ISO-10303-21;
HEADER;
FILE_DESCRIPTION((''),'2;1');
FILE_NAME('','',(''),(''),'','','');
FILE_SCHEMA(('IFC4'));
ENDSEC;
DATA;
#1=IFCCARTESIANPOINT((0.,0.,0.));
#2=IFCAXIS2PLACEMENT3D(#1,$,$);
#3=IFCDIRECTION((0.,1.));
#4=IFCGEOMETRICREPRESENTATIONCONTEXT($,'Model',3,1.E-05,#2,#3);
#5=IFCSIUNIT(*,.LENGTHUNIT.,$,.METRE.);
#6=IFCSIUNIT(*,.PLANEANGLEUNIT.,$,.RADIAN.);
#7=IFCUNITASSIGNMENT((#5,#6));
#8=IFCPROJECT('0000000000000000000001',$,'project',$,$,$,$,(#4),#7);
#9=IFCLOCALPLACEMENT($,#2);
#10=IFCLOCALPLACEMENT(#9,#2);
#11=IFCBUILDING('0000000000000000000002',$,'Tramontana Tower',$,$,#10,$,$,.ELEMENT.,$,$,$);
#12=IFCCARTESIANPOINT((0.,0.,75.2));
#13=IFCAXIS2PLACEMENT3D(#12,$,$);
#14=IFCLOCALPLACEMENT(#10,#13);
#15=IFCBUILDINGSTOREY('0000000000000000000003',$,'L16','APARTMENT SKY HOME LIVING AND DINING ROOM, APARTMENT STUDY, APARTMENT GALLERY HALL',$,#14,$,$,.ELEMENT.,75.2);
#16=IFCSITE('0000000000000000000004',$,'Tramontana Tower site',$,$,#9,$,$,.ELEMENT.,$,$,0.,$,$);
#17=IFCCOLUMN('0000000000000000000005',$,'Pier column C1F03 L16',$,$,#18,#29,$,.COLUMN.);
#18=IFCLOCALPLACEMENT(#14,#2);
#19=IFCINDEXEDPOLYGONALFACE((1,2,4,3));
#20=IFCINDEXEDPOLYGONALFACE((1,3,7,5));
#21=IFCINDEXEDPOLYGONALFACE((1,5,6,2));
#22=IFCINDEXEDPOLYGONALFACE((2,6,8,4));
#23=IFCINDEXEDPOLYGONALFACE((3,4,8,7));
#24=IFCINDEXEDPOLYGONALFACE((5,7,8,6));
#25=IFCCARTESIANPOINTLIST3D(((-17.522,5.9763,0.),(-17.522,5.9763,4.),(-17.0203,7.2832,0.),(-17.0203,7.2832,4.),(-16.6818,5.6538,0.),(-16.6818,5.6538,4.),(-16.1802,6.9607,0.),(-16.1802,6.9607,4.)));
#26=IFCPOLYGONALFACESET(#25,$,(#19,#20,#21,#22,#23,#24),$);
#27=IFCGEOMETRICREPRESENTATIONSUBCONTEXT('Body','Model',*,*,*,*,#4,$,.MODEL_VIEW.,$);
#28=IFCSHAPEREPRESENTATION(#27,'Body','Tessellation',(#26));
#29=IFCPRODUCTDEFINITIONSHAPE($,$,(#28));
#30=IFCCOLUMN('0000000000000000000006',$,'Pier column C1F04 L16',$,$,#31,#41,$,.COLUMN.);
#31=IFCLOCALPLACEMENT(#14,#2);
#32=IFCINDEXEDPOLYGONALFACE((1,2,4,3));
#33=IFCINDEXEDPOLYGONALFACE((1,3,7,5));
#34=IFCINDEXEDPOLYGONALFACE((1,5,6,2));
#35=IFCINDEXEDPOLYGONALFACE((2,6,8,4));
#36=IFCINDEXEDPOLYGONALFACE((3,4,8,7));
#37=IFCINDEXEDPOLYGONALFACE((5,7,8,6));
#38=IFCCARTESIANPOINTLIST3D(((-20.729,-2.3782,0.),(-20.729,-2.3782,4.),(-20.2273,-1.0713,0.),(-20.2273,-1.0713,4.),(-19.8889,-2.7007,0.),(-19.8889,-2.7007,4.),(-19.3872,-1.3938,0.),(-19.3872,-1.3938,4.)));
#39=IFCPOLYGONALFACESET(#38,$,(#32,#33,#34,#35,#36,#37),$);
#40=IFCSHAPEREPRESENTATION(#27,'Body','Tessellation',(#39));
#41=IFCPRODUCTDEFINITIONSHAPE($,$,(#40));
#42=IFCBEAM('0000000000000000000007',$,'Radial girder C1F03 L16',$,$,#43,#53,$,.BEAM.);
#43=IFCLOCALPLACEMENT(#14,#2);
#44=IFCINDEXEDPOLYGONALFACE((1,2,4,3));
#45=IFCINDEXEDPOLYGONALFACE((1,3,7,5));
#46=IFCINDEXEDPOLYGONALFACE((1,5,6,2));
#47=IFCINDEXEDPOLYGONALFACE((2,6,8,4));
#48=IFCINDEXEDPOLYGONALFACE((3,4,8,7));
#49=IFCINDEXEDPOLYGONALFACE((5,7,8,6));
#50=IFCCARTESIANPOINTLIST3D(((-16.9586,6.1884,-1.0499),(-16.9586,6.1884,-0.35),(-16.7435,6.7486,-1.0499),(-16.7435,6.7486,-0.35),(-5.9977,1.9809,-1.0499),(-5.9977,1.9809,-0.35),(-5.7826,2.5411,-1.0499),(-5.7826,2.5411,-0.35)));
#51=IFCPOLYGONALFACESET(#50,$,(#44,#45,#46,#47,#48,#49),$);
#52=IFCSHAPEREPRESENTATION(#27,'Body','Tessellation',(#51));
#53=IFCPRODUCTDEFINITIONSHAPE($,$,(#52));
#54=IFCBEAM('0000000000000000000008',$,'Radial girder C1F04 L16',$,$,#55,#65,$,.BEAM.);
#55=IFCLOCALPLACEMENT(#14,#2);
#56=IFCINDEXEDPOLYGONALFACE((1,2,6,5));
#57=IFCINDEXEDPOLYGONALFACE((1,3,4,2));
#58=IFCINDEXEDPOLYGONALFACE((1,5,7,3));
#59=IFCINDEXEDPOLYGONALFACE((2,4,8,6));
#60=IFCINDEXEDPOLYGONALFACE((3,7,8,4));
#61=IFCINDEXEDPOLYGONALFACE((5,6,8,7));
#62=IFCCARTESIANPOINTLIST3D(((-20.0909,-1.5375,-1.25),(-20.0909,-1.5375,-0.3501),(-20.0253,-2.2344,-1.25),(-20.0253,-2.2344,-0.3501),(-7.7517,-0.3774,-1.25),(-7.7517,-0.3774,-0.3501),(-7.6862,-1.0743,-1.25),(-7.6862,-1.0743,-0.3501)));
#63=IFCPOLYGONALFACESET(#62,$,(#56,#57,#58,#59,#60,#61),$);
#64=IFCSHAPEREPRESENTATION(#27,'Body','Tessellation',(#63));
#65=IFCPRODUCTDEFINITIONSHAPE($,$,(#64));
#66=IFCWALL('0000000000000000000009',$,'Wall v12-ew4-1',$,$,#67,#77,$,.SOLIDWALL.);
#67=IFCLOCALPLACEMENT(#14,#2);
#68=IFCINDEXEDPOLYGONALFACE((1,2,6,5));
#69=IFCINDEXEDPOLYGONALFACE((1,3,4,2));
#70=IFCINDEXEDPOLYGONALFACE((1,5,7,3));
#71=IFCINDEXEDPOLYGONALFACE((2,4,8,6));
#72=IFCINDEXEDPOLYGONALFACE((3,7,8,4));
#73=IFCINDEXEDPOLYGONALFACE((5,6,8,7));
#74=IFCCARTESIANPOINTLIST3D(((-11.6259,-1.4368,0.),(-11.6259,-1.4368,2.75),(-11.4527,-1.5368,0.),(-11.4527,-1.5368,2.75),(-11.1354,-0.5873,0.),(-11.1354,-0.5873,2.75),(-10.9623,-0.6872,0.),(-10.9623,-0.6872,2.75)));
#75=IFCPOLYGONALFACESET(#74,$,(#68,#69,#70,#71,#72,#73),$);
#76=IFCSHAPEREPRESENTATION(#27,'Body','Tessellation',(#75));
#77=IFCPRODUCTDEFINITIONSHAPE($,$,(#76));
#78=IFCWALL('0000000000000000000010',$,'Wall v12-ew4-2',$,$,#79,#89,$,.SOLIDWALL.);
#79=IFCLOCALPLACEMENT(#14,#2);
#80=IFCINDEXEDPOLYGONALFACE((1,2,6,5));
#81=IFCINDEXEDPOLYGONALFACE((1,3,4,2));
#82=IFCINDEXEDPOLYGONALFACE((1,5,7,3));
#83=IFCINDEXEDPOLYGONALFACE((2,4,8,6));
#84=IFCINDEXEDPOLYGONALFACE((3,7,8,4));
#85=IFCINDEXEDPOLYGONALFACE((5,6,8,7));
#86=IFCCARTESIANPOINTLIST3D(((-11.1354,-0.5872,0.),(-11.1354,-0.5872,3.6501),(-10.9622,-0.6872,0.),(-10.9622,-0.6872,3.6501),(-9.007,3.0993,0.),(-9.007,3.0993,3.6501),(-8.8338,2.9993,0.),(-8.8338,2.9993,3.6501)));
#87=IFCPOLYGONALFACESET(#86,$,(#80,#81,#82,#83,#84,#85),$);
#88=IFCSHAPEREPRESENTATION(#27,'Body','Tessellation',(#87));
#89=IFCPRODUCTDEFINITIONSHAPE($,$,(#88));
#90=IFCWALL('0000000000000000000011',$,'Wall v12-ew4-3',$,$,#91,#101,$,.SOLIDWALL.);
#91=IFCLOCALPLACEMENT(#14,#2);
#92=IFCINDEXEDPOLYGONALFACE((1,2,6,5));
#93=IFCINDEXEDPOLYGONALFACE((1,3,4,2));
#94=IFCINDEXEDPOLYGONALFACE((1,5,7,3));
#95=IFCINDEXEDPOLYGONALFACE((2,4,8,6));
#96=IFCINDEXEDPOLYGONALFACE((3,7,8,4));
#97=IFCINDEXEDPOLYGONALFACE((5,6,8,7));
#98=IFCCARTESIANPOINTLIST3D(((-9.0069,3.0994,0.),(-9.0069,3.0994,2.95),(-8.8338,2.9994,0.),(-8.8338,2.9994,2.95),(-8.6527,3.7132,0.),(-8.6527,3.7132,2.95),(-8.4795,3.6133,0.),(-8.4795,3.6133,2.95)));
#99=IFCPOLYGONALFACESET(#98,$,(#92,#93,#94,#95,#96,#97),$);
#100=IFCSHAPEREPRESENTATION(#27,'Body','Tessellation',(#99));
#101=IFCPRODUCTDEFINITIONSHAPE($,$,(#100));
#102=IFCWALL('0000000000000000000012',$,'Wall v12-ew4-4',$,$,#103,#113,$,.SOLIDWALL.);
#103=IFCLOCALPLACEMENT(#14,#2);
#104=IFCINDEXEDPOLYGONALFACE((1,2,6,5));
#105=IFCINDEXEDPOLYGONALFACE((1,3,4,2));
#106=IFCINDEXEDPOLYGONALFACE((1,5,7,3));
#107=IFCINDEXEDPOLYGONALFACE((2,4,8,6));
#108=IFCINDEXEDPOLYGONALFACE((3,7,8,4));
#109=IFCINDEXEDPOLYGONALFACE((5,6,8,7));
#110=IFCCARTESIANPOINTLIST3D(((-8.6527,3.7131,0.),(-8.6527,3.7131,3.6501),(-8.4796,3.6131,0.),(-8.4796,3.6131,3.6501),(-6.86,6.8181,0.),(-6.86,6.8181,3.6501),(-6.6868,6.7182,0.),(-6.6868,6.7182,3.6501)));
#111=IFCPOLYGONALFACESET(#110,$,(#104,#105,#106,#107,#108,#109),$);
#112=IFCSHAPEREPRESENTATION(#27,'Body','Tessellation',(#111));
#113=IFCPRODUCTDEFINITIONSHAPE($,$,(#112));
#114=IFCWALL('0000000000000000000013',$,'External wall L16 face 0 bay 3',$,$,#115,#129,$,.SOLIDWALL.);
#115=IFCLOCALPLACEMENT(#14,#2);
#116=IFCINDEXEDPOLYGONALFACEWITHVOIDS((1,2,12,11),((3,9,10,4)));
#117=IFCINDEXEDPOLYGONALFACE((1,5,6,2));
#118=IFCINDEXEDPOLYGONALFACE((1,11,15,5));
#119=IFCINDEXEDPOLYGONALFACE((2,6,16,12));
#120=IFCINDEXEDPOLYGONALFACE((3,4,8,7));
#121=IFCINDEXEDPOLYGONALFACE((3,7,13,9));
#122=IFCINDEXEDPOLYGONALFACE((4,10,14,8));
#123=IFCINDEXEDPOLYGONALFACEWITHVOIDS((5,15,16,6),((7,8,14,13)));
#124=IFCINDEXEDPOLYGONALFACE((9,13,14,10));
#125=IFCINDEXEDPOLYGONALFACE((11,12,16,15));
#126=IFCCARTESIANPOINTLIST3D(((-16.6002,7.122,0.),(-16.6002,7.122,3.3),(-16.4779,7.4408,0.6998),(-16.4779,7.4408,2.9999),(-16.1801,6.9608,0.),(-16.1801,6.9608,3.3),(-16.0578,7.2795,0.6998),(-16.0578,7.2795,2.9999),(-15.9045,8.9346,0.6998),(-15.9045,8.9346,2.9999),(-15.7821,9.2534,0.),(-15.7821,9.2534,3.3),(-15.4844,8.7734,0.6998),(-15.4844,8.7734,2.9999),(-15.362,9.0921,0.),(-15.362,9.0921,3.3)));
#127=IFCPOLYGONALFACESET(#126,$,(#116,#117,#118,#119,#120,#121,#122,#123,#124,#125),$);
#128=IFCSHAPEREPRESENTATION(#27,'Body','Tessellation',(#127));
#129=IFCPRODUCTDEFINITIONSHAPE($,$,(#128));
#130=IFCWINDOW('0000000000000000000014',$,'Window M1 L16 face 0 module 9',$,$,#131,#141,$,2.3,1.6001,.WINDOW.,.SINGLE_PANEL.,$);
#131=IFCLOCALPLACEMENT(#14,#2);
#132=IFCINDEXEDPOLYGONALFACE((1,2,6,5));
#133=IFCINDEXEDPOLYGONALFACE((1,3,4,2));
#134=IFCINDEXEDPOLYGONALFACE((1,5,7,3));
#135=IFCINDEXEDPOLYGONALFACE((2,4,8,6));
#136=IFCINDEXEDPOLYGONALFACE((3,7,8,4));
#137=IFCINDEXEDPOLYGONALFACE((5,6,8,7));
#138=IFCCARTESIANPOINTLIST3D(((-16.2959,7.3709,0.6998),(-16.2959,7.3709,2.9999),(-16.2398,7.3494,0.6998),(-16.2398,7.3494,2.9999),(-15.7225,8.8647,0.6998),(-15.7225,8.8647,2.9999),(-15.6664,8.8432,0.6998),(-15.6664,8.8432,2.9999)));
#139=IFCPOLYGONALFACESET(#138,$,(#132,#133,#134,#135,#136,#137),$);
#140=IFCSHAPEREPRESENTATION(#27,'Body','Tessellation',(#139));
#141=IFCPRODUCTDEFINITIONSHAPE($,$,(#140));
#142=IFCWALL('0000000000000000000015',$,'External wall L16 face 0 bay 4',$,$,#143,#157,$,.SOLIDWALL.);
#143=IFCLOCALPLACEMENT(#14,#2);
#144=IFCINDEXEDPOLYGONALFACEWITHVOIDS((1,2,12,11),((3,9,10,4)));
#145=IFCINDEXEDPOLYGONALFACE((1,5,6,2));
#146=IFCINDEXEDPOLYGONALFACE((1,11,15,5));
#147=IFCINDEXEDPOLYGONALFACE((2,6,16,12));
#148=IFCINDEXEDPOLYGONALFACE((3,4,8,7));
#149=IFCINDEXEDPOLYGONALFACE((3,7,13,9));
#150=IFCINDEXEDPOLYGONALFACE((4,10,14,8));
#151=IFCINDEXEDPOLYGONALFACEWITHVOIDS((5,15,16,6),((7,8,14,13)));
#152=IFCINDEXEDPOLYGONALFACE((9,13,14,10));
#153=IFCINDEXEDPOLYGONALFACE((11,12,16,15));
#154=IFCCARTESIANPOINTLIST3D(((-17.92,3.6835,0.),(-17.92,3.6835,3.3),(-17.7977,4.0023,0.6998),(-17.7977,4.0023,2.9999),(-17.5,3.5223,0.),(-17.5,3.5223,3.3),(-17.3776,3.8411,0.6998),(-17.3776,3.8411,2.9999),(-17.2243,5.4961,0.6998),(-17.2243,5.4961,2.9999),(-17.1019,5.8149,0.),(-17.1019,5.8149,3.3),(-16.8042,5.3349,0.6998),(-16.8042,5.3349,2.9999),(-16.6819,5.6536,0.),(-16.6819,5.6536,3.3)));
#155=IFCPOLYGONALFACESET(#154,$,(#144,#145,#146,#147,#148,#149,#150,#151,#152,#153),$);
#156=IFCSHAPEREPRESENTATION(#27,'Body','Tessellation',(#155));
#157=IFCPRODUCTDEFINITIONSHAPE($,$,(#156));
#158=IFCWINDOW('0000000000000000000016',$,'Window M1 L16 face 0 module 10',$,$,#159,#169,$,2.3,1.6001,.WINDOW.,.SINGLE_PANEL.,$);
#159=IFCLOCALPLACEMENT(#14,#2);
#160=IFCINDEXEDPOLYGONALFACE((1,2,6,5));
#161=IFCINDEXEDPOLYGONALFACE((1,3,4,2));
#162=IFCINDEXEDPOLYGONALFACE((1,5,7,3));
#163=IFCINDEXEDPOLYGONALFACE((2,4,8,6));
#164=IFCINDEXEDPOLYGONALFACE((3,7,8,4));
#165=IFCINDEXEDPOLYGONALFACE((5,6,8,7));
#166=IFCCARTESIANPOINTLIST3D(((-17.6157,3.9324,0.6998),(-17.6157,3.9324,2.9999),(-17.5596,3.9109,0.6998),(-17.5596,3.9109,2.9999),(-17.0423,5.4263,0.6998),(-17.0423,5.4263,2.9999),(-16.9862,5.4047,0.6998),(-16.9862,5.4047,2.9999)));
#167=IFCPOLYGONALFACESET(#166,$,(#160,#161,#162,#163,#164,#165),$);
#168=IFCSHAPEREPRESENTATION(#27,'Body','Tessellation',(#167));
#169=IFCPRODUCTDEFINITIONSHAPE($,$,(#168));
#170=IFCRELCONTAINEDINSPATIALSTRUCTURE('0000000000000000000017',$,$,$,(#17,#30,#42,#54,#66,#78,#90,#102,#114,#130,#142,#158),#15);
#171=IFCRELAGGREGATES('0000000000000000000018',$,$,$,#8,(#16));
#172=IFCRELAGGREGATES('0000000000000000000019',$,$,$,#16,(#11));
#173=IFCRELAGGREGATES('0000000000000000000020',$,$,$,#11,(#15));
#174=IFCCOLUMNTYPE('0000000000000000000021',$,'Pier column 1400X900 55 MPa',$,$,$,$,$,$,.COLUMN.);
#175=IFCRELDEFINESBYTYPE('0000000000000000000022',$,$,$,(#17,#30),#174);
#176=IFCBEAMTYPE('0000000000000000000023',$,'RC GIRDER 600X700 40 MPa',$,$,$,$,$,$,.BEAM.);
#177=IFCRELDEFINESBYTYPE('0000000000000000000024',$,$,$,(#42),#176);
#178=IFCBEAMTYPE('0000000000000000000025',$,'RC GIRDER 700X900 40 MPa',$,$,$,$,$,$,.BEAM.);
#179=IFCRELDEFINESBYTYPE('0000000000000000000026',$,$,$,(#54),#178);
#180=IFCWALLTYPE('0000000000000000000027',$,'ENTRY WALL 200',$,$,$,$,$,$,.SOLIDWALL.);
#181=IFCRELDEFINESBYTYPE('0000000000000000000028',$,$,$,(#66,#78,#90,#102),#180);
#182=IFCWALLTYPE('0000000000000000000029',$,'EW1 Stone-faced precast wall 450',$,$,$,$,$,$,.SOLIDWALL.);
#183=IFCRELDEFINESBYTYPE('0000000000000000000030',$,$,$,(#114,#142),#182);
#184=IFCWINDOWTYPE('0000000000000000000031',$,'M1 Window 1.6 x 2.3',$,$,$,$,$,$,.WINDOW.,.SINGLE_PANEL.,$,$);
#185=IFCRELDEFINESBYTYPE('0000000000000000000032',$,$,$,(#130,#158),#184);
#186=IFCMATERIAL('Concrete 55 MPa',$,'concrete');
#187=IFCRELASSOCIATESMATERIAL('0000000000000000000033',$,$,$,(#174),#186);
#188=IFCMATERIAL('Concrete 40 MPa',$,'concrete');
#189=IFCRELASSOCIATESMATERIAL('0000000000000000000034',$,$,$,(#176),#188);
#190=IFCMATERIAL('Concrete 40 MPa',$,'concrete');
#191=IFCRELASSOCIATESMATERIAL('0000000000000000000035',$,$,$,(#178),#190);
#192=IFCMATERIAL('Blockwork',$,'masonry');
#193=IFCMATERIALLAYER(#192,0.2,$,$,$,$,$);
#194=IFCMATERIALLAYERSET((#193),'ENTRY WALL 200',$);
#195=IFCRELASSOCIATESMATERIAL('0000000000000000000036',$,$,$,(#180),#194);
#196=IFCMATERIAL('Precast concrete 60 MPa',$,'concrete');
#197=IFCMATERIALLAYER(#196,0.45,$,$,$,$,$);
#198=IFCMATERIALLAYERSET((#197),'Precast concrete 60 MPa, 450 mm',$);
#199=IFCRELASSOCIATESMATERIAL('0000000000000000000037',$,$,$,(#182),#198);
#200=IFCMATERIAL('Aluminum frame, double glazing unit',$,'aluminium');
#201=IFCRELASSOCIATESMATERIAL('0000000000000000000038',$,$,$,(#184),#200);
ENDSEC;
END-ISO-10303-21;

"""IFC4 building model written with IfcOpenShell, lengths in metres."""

from ifc_helpers import new_model, si_unit, direction, frame, frame_2d, origin, origin_2d, place, context, subcontext, project, spatial, rectangle, extrude, material, layer, layer_set, material_profile, profile_set, type_object, element, fill, save


model = new_model("IFC4")

# Units and contexts
model_context = context("Model", 3, precision=1e-05, world=origin(), true_north=direction((0.0, 1.0)))
body_context = subcontext(model_context, "Body", "Model", "MODEL_VIEW")
ifc_project = project(units=[si_unit("LENGTHUNIT", "METRE"), si_unit("PLANEANGLEUNIT", "RADIAN")], contexts=[model_context])

# Site, building, storey
site_placement = place(None, origin())
site = spatial("IfcSite", under=ifc_project, at=site_placement, Name="Tramontana Tower site", CompositionType="ELEMENT", RefElevation=0.0)
building_placement = place(site_placement, origin())
building = spatial("IfcBuilding", under=site, at=building_placement, Name="Tramontana Tower", CompositionType="ELEMENT")
storey_placement = place(building_placement, frame((0.0, 0.0, 75.2)))
storey = spatial("IfcBuildingStorey", under=building, at=storey_placement, Name="L16", Description="APARTMENT SKY HOME LIVING AND DINING ROOM, APARTMENT STUDY, APARTMENT GALLERY HALL", CompositionType="ELEMENT", Elevation=75.2)

# Columns
ifc_material_1 = material(Name="Concrete 55 MPa", Category="concrete")
ifc_material_profile_1 = material_profile(ifc_material_1, rectangle(XDim=1.3999, YDim=0.8999, at=origin_2d()), Name="Pier column 1400X900 55 MPa")
ifc_profile_set_1 = profile_set([ifc_material_profile_1], Name="Concrete 55 MPa")
column_type = type_object("IfcColumnType", Name="Pier column 1400X900 55 MPa", PredefinedType="COLUMN", material=ifc_profile_set_1)
for number, where, z_axis, x_axis, name in (
    (1, (-16.8511, 6.4685, 0.0), (0.0, 0.0, 1.0), (-0.358368, -0.93358, 0.0), "Pier column C1F03 L16"),
    (2, (-20.0581, -1.886, 0.0), (0.0, 0.0, 1.0), (-0.358368, -0.93358, 0.0), "Pier column C1F04 L16"),
):
    element("IfcColumn", number, at=place(storey_placement, frame(where, z_axis=z_axis, x_axis=x_axis)), inside=storey, type_object=column_type, Name=name, PredefinedType="COLUMN", context=body_context, shape_type="SweptSolid", body=[
        extrude(rectangle(XDim=1.3999, YDim=0.8999, at=origin_2d()), origin(), (0.0, 0.0, 1.0), 4.0),
    ])

# Beams
ifc_material_2 = material(Name="Concrete 40 MPa", Category="concrete")
ifc_material_profile_2 = material_profile(ifc_material_2, rectangle(XDim=0.6001, YDim=0.7, at=origin_2d()), Name="RC GIRDER 600X700 40 MPa")
ifc_profile_set_2 = profile_set([ifc_material_profile_2], Name="Concrete 40 MPa")
beam_type_1 = type_object("IfcBeamType", Name="RC GIRDER 600X700 40 MPa", PredefinedType="BEAM", material=ifc_profile_set_2)
beam_1_placement = place(storey_placement, frame((-16.8511, 6.4685, -0.7), z_axis=(0.93358, -0.358369, 0.0), x_axis=(0.358369, 0.93358, 0.0)))
element("IfcBeam", 3, at=beam_1_placement, inside=storey, type_object=beam_type_1, Name="Radial girder C1F03 L16", PredefinedType="BEAM", context=body_context, shape_type="SweptSolid", body=[
    extrude(rectangle(XDim=0.6001, YDim=0.7, at=origin_2d()), origin(), (0.0, 0.0, 1.0), 11.7407),
])
ifc_material_3 = material(Name="Concrete 40 MPa", Category="concrete")
ifc_material_profile_3 = material_profile(ifc_material_3, rectangle(XDim=0.7, YDim=0.8999, at=origin_2d()), Name="RC GIRDER 700X900 40 MPa")
ifc_profile_set_3 = profile_set([ifc_material_profile_3], Name="Concrete 40 MPa")
beam_type_2 = type_object("IfcBeamType", Name="RC GIRDER 700X900 40 MPa", PredefinedType="BEAM", material=ifc_profile_set_3)
beam_2_placement = place(storey_placement, frame((-20.0581, -1.886, -0.8), z_axis=(0.995609, 0.09361, 0.0), x_axis=(-0.09361, 0.995609, 0.0)))
element("IfcBeam", 4, at=beam_2_placement, inside=storey, type_object=beam_type_2, Name="Radial girder C1F04 L16", PredefinedType="BEAM", context=body_context, shape_type="SweptSolid", body=[
    extrude(rectangle(XDim=0.7, YDim=0.8999, at=origin_2d()), origin(), (0.0, 0.0, 1.0), 12.3936),
])

# Walls
ifc_material_4 = material(Name="Blockwork", Category="masonry")
ifc_layer_1 = layer(ifc_material_4, 0.2)
ifc_layer_set_1 = layer_set([ifc_layer_1], Name="ENTRY WALL 200")
wall_type_1 = type_object("IfcWallType", Name="ENTRY WALL 200", PredefinedType="SOLIDWALL", material=ifc_layer_set_1)
wall_1_placement = place(storey_placement, frame((-11.5393, -1.4868, 0.0), z_axis=(0.0, 0.0, 1.0), x_axis=(0.499967, 0.866045, 0.0)))
element("IfcWall", 5, at=wall_1_placement, inside=storey, type_object=wall_type_1, Name="Wall v12-ew4-1", PredefinedType="SOLIDWALL", context=body_context, shape_type="SweptSolid", body=[
    extrude(rectangle(XDim=0.981, YDim=0.2, at=frame_2d((0.4905, 0.0))), origin(), (0.0, 0.0, 1.0), 2.75),
])
wall_2_placement = place(storey_placement, frame((-11.0488, -0.6372, 0.0), z_axis=(0.0, 0.0, 1.0), x_axis=(0.5, 0.866025, 0.0)))
element("IfcWall", 6, at=wall_2_placement, inside=storey, type_object=wall_type_1, Name="Wall v12-ew4-2", PredefinedType="SOLIDWALL", context=body_context, shape_type="SweptSolid", body=[
    extrude(rectangle(XDim=4.2568, YDim=0.2, at=frame_2d((2.1284, 0.0))), origin(), (0.0, 0.0, 1.0), 3.6501),
])
wall_3_placement = place(storey_placement, frame((-8.9204, 3.0493, 0.0), z_axis=(0.0, 0.0, 1.0), x_axis=(0.499882, 0.866094, 0.0)))
element("IfcWall", 7, at=wall_3_placement, inside=storey, type_object=wall_type_1, Name="Wall v12-ew4-3", PredefinedType="SOLIDWALL", context=body_context, shape_type="SweptSolid", body=[
    extrude(rectangle(XDim=0.7087, YDim=0.2, at=frame_2d((0.3545, 0.0))), origin(), (0.0, 0.0, 1.0), 2.95),
])
wall_4_placement = place(storey_placement, frame((-8.5662, 3.6631, 0.0), z_axis=(0.0, 0.0, 1.0), x_axis=(0.500013, 0.866018, 0.0)))
element("IfcWall", 8, at=wall_4_placement, inside=storey, type_object=wall_type_1, Name="Wall v12-ew4-4", PredefinedType="SOLIDWALL", context=body_context, shape_type="SweptSolid", body=[
    extrude(rectangle(XDim=3.5854, YDim=0.2, at=frame_2d((1.7927, 0.0))), origin(), (0.0, 0.0, 1.0), 3.6501),
])

# Walls, openings, windows
ifc_material_5 = material(Name="Precast concrete 60 MPa", Category="concrete")
ifc_layer_2 = layer(ifc_material_5, 0.45)
ifc_layer_set_2 = layer_set([ifc_layer_2], Name="Precast concrete 60 MPa, 450 mm")
wall_type_2 = type_object("IfcWallType", Name="EW1 Stone-faced precast wall 450", PredefinedType="SOLIDWALL", material=ifc_layer_set_2)
wall_5_placement = place(storey_placement, frame((-15.572, 9.1729, 0.0), z_axis=(0.0, 0.0, 1.0), x_axis=(-0.358356, -0.933585, 0.0)))
wall_5 = element("IfcWall", 9, at=wall_5_placement, inside=storey, type_object=wall_type_2, Name="External wall L16 face 0 bay 3", PredefinedType="SOLIDWALL", context=body_context, shape_type="SweptSolid", body=[
    extrude(rectangle(XDim=2.283, YDim=0.45, at=frame_2d((1.1416, 0.0))), origin(), (0.0, 0.0, 1.0), 3.3),
])
opening_1_placement = place(wall_5_placement, frame((0.3416, 0.0, 0.7)))
opening_1 = element("IfcOpeningElement", 10, at=opening_1_placement, cuts=wall_5, PredefinedType="OPENING", context=body_context, shape_type="SweptSolid", body=[
    extrude(rectangle(XDim=1.6001, YDim=2.3, at=frame_2d((0.8, 1.1499))), frame((0.0, 0.2349, 0.0), z_axis=(0.0, -1.0, 0.0), x_axis=(1.0, 0.0, 0.0)), (0.0, 0.0, 1.0), 0.47),
])
ifc_material_6 = material(Name="Aluminum frame, double glazing unit", Category="aluminium")
window_type_1 = type_object("IfcWindowType", Name="M1 Window 1.6 x 2.3", PartitioningType="SINGLE_PANEL", PredefinedType="WINDOW", material=ifc_material_6)
window_1_placement = place(opening_1_placement, origin())
window_1 = element("IfcWindow", 11, at=window_1_placement, inside=storey, type_object=window_type_1, Name="Window M1 L16 face 0 module 9", OverallHeight=2.3, OverallWidth=1.6001, PartitioningType="SINGLE_PANEL", PredefinedType="WINDOW", context=body_context, shape_type="SweptSolid", body=[
    extrude(rectangle(XDim=1.6001, YDim=2.3, at=frame_2d((0.8, 1.1499))), frame((0.0, 0.03, 0.0), z_axis=(0.0, -1.0, 0.0), x_axis=(1.0, 0.0, 0.0)), (0.0, 0.0, 1.0), 0.0601),
])
fill(opening_1, window_1)
wall_6_placement = place(storey_placement, frame((-16.8918, 5.7344, 0.0), z_axis=(0.0, 0.0, 1.0), x_axis=(-0.358356, -0.933585, 0.0)))
wall_6 = element("IfcWall", 12, at=wall_6_placement, inside=storey, type_object=wall_type_2, Name="External wall L16 face 0 bay 4", PredefinedType="SOLIDWALL", context=body_context, shape_type="SweptSolid", body=[
    extrude(rectangle(XDim=2.283, YDim=0.45, at=frame_2d((1.1416, 0.0))), origin(), (0.0, 0.0, 1.0), 3.3),
])
opening_2_placement = place(wall_6_placement, frame((0.3416, 0.0, 0.7)))
opening_2 = element("IfcOpeningElement", 13, at=opening_2_placement, cuts=wall_6, PredefinedType="OPENING", context=body_context, shape_type="SweptSolid", body=[
    extrude(rectangle(XDim=1.6001, YDim=2.3, at=frame_2d((0.8, 1.1499))), frame((0.0, 0.2349, 0.0), z_axis=(0.0, -1.0, 0.0), x_axis=(1.0, 0.0, 0.0)), (0.0, 0.0, 1.0), 0.47),
])
window_2_placement = place(opening_2_placement, origin())
window_2 = element("IfcWindow", 14, at=window_2_placement, inside=storey, type_object=window_type_1, Name="Window M1 L16 face 0 module 10", OverallHeight=2.3, OverallWidth=1.6001, PartitioningType="SINGLE_PANEL", PredefinedType="WINDOW", context=body_context, shape_type="SweptSolid", body=[
    extrude(rectangle(XDim=1.6001, YDim=2.3, at=frame_2d((0.8, 1.1499))), frame((0.0, 0.03, 0.0), z_axis=(0.0, -1.0, 0.0), x_axis=(1.0, 0.0, 0.0)), (0.0, 0.0, 1.0), 0.0601),
])
fill(opening_2, window_2)

save(model, "model.ifc")
